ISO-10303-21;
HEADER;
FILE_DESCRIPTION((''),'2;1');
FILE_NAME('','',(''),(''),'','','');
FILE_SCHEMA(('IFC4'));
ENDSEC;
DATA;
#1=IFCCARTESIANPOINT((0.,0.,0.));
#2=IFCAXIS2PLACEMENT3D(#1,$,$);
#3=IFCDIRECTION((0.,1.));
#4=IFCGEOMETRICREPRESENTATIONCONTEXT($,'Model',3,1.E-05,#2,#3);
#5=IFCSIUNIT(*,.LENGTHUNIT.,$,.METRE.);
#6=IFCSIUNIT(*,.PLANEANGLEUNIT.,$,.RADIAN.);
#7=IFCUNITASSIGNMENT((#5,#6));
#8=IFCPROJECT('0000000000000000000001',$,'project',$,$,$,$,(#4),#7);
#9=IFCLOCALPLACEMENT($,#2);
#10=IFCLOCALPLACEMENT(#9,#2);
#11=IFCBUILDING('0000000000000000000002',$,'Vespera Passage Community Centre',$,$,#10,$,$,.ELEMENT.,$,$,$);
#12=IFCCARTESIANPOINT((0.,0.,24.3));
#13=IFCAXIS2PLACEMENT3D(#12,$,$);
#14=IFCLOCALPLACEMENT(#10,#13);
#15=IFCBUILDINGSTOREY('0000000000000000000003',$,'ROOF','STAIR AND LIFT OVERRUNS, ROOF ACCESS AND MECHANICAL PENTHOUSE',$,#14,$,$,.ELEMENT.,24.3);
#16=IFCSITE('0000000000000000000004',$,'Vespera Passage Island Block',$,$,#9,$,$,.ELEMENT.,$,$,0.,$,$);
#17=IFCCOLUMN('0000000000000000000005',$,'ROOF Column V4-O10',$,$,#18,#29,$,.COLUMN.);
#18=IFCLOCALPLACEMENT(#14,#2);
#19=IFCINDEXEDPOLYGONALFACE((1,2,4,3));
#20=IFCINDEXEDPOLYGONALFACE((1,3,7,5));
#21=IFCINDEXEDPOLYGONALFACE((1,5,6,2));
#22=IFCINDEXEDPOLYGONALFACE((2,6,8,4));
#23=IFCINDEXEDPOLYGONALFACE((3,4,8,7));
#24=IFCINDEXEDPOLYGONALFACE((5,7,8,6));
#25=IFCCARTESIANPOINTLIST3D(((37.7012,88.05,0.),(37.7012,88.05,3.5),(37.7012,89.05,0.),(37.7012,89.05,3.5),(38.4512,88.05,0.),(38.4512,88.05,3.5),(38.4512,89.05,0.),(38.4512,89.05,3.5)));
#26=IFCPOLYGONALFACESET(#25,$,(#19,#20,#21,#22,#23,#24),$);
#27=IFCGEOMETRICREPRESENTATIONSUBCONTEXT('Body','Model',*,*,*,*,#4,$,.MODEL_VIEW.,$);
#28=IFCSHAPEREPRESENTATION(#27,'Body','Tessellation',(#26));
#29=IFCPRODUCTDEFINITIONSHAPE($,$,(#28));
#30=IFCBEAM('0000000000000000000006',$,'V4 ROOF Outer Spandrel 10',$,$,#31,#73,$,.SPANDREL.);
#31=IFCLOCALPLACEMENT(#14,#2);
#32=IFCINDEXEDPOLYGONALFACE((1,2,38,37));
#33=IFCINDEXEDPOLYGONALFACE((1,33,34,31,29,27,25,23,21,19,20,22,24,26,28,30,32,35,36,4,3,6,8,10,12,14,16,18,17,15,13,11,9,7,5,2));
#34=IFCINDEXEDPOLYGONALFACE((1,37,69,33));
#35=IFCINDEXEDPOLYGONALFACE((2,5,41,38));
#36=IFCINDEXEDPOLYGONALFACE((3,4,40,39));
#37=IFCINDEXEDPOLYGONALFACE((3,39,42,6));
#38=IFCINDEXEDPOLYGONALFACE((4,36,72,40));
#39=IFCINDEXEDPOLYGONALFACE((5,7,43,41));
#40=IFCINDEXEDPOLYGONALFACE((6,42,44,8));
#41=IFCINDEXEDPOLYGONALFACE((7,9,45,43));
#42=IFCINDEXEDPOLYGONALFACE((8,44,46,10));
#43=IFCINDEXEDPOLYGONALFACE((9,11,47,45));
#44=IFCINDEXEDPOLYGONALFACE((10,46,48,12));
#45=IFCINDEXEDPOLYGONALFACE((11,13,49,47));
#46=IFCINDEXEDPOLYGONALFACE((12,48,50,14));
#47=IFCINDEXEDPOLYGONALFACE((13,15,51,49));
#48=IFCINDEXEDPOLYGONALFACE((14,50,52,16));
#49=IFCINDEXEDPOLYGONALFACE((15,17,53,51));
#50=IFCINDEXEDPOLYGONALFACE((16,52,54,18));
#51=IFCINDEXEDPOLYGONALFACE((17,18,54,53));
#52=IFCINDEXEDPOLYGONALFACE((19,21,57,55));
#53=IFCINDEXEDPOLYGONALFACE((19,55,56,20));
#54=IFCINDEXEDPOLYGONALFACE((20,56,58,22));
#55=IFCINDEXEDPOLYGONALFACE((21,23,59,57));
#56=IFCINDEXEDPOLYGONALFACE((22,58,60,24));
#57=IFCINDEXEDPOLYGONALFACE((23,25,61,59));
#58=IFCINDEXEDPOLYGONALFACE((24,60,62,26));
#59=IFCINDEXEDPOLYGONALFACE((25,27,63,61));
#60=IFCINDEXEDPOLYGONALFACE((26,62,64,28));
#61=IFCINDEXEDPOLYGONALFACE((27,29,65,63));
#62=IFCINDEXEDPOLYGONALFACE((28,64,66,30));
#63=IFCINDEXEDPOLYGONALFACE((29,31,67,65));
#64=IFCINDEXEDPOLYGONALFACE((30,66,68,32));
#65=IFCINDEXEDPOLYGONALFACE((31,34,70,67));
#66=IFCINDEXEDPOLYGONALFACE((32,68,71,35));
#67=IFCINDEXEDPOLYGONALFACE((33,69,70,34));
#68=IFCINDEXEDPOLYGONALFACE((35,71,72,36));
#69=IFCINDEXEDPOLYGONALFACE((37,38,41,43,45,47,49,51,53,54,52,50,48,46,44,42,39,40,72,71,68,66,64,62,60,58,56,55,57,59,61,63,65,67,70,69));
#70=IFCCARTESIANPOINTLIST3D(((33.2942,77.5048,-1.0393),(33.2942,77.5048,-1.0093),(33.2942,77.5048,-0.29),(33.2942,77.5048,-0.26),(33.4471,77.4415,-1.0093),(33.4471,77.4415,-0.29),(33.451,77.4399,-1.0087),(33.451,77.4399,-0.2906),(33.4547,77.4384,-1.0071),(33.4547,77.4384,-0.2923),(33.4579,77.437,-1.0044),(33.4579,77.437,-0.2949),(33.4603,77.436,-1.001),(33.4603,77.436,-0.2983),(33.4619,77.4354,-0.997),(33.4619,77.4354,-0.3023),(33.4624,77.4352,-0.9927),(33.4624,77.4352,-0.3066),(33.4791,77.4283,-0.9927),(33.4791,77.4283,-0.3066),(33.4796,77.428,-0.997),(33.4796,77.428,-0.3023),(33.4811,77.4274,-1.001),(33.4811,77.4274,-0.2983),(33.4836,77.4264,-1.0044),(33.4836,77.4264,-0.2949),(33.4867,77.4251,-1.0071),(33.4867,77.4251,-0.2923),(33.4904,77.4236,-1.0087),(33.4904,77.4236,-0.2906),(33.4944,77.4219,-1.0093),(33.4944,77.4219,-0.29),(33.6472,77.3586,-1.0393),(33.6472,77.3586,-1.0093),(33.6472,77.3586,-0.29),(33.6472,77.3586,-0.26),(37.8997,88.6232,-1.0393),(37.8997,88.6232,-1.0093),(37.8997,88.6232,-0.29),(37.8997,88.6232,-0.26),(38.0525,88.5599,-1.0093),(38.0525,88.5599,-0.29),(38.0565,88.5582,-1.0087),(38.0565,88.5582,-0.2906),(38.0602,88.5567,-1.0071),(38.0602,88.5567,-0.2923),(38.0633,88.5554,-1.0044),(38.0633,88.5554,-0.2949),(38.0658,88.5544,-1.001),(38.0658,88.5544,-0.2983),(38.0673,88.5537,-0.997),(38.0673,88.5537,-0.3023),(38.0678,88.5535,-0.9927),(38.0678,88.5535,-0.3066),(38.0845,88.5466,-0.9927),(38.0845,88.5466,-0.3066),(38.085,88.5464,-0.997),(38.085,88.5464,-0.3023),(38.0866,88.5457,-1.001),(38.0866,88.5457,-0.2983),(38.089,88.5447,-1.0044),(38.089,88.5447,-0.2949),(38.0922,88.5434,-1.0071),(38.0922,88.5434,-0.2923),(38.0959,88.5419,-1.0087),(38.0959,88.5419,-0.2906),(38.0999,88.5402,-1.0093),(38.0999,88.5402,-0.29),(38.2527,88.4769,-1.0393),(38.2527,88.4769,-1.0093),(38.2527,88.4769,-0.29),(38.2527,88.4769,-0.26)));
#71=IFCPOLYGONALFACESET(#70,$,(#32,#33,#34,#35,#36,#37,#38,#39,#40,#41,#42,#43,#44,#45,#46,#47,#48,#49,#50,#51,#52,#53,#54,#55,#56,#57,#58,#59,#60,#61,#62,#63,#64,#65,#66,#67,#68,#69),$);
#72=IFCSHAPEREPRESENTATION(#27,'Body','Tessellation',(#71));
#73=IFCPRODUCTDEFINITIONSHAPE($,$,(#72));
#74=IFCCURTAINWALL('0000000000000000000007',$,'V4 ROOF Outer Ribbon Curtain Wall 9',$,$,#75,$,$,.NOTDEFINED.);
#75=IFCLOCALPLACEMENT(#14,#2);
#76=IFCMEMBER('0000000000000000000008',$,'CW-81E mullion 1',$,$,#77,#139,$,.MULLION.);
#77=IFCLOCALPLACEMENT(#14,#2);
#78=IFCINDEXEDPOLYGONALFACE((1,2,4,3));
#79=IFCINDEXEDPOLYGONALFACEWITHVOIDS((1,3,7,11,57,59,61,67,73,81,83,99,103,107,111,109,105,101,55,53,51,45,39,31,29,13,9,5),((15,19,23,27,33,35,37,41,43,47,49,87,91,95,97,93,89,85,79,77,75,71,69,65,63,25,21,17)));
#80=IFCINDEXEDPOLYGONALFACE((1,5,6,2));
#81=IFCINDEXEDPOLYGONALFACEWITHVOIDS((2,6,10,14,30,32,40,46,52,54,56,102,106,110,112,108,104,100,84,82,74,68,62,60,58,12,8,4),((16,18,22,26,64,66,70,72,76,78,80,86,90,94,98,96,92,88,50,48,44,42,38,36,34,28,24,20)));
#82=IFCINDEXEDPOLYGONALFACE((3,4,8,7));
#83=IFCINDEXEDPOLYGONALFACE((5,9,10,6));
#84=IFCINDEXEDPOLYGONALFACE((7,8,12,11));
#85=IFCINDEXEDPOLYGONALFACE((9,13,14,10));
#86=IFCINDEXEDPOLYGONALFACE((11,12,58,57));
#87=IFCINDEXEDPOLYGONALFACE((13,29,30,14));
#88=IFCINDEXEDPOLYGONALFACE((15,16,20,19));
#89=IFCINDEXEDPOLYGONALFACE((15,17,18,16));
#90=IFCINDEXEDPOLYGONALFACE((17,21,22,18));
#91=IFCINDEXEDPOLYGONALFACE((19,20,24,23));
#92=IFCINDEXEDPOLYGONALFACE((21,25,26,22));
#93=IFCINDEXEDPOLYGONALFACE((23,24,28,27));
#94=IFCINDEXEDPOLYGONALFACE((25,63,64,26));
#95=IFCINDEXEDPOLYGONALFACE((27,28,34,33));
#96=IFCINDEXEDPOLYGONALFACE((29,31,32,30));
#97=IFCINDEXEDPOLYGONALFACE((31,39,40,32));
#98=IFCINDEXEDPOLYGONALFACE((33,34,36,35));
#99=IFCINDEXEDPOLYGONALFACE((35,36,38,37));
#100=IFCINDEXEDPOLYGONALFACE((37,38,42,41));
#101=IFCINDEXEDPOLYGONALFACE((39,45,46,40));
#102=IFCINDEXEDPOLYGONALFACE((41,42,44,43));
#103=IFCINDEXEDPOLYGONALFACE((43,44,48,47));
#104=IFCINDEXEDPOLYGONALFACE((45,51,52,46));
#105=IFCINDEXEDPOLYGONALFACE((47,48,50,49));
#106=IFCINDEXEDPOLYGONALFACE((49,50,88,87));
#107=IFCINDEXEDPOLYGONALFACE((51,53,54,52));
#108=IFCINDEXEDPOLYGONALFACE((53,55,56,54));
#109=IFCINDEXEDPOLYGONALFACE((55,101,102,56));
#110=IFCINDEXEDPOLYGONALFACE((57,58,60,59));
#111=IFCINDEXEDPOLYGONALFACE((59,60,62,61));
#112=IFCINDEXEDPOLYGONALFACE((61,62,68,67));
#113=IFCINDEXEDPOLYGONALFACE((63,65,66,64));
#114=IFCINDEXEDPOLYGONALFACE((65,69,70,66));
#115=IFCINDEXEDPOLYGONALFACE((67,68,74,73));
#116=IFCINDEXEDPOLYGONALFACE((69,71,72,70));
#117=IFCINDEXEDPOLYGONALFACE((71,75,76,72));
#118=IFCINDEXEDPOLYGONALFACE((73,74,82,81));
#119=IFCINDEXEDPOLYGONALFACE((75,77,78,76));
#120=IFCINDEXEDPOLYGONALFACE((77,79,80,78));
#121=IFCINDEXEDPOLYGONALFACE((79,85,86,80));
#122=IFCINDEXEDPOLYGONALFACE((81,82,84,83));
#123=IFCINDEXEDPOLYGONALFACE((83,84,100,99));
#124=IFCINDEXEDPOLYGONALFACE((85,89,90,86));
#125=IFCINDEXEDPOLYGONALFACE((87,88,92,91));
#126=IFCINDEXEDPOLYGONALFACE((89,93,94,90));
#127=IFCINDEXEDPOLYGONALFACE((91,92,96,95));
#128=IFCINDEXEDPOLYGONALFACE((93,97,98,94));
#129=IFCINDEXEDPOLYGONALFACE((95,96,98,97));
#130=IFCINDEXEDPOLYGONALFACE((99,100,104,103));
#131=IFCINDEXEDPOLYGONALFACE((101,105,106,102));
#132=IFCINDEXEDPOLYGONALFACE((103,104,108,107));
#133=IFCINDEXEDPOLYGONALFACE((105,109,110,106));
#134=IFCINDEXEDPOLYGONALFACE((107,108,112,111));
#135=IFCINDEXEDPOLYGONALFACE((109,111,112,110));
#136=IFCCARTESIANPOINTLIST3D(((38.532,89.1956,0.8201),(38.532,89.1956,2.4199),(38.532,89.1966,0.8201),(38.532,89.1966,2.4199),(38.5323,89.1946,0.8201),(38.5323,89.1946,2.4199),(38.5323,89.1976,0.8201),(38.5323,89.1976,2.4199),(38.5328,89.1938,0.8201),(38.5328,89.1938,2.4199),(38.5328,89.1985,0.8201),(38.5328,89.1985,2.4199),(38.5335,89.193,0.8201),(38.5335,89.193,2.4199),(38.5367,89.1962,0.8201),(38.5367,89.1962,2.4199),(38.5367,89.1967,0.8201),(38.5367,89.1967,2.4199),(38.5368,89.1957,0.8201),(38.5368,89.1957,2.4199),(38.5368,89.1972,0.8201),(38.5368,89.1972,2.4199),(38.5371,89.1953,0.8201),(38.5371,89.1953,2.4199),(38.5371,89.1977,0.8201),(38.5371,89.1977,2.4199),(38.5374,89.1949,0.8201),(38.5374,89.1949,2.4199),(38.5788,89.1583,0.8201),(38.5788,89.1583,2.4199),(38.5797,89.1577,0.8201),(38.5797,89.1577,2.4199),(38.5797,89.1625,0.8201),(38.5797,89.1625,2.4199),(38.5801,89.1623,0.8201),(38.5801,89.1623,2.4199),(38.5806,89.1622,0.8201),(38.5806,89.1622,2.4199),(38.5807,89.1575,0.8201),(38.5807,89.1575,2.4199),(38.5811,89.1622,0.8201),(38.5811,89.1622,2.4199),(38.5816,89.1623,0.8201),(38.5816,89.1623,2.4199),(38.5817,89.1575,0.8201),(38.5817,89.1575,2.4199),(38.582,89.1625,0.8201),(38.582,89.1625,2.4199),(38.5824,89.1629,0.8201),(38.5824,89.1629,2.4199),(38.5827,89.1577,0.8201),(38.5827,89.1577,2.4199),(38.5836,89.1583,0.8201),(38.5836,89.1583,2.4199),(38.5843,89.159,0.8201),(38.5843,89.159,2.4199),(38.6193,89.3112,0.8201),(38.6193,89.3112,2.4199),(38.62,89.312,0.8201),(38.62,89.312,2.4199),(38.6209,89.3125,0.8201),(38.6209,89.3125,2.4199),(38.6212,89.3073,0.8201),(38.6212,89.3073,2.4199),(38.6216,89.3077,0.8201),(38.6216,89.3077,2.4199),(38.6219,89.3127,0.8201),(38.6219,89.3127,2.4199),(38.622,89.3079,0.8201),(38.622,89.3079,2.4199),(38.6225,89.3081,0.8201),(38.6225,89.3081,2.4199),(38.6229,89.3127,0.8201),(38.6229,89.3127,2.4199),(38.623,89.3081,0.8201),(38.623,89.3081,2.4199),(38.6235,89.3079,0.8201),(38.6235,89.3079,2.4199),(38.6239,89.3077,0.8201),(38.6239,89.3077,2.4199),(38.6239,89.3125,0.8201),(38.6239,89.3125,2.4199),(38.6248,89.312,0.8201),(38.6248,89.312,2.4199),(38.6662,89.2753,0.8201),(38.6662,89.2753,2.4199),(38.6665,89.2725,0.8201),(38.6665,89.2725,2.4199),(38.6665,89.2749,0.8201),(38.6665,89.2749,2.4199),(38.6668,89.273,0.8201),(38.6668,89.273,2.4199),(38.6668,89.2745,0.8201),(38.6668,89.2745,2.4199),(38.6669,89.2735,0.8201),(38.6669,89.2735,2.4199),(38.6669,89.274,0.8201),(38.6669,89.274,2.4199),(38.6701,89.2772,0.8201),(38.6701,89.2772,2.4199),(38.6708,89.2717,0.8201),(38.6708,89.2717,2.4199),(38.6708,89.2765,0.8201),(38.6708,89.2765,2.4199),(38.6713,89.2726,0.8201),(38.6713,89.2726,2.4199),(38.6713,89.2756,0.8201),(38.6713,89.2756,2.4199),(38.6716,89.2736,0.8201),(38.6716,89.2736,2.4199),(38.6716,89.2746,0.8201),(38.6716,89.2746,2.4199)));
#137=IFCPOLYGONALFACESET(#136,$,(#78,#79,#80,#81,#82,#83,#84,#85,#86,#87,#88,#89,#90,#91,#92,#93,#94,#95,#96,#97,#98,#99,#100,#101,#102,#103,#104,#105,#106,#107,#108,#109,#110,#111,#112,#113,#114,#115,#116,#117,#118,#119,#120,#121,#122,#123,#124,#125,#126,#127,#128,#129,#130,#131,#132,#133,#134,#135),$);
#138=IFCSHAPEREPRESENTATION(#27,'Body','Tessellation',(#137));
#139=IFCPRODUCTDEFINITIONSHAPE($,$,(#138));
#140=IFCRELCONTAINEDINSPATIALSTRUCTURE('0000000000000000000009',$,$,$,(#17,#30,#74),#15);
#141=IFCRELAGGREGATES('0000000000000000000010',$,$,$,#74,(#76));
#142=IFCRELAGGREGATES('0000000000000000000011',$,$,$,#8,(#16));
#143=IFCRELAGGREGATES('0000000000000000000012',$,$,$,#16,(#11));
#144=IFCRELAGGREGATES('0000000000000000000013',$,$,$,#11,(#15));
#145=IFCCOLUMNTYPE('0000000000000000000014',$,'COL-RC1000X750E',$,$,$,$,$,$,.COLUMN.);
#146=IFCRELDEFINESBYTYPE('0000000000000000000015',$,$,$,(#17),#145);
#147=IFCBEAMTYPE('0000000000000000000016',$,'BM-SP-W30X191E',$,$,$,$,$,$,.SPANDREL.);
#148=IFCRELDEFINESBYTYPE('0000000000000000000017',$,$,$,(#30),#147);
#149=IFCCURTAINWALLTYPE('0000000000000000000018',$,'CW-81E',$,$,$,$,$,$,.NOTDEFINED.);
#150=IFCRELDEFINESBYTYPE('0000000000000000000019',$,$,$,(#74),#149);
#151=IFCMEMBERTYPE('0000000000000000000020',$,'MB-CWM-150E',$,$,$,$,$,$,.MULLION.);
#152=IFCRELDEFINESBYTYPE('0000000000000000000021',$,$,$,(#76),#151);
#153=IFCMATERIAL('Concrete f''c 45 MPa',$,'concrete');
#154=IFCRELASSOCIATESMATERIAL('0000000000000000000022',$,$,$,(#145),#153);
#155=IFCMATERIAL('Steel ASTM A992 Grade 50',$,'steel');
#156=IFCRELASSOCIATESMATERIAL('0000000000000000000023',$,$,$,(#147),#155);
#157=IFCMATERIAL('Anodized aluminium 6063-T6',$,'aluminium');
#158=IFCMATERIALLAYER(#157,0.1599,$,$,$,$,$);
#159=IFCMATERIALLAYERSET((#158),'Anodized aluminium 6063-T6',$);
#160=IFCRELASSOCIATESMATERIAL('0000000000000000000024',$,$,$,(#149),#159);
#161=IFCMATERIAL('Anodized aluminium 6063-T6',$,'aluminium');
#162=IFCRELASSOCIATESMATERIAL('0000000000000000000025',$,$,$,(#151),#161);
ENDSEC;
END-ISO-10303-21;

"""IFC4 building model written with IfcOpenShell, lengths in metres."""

from ifc_helpers import new_model, si_unit, direction, frame, origin, origin_2d, place, context, subcontext, project, spatial, rectangle, hollow_rectangle, i_section, extrude, material, layer, layer_set, material_profile, profile_set, type_object, element, aggregate, save


model = new_model("IFC4")

# Units and contexts
model_context = context("Model", 3, precision=1e-05, world=origin(), true_north=direction((0.0, 1.0)))
body_context = subcontext(model_context, "Body", "Model", "MODEL_VIEW")
ifc_project = project(units=[si_unit("LENGTHUNIT", "METRE"), si_unit("PLANEANGLEUNIT", "RADIAN")], contexts=[model_context])

# Site, building, storey
site_placement = place(None, origin())
site = spatial("IfcSite", under=ifc_project, at=site_placement, Name="Vespera Passage Island Block", CompositionType="ELEMENT", RefElevation=0.0)
building_placement = place(site_placement, origin())
building = spatial("IfcBuilding", under=site, at=building_placement, Name="Vespera Passage Community Centre", CompositionType="ELEMENT")
storey_placement = place(building_placement, frame((0.0, 0.0, 24.3)))
storey = spatial("IfcBuildingStorey", under=building, at=storey_placement, Name="ROOF", Description="STAIR AND LIFT OVERRUNS, ROOF ACCESS AND MECHANICAL PENTHOUSE", CompositionType="ELEMENT", Elevation=24.3)

# Column
ifc_material_1 = material(Name="Concrete f'c 45 MPa", Category="concrete")
ifc_material_profile_1 = material_profile(ifc_material_1, rectangle(XDim=0.75, YDim=1.0, at=origin_2d()), Name="RC1000X750")
ifc_profile_set_1 = profile_set([ifc_material_profile_1], Name="Concrete f'c 45 MPa")
column_type = type_object("IfcColumnType", Name="COL-RC1000X750E", PredefinedType="COLUMN", material=ifc_profile_set_1)
column_placement = place(storey_placement, frame((38.0762, 88.55, 0.0), z_axis=(0.0, 0.0, 1.0), x_axis=(1.0, 0.0, 0.0)))
element("IfcColumn", 1, at=column_placement, inside=storey, type_object=column_type, Name="ROOF Column V4-O10", PredefinedType="COLUMN", context=body_context, shape_type="SweptSolid", body=[
    extrude(rectangle(XDim=0.75, YDim=1.0, at=origin_2d()), origin(), (0.0, 0.0, 1.0), 3.5),
])

# Beam
ifc_material_2 = material(Name="Steel ASTM A992 Grade 50", Category="steel")
ifc_material_profile_2 = material_profile(ifc_material_2, i_section(OverallWidth=0.3821, OverallDepth=0.7793, WebThickness=0.0181, FlangeThickness=0.03, FilletRadius=0.0166, at=origin_2d()), Name="W30X191")
ifc_profile_set_2 = profile_set([ifc_material_profile_2], Name="Steel ASTM A992 Grade 50")
beam_type = type_object("IfcBeamType", Name="BM-SP-W30X191E", PredefinedType="SPANDREL", material=ifc_profile_set_2)
beam_placement = place(storey_placement, frame((38.0762, 88.55, -0.6497), z_axis=(-0.382689, -0.923877, 0.0), x_axis=(0.923877, -0.382689, 0.0)))
element("IfcBeam", 2, at=beam_placement, inside=storey, type_object=beam_type, Name="V4 ROOF Outer Spandrel 10", PredefinedType="SPANDREL", context=body_context, shape_type="SweptSolid", body=[
    extrude(i_section(OverallWidth=0.3821, OverallDepth=0.7793, WebThickness=0.0181, FlangeThickness=0.03, FilletRadius=0.0166, at=origin_2d()), origin(), (0.0, 0.0, 1.0), 12.0344),
])

# Curtain wall, member
ifc_material_3 = material(Name="Anodized aluminium 6063-T6", Category="aluminium")
ifc_layer_1 = layer(ifc_material_3, 0.1599)
ifc_layer_set_1 = layer_set([ifc_layer_1], Name="Anodized aluminium 6063-T6")
curtain_wall_type_1 = type_object("IfcCurtainWallType", Name="CW-81E", PredefinedType="NOTDEFINED", material=ifc_layer_set_1)
curtain_wall_1_placement = place(storey_placement, origin())
curtain_wall_1 = element("IfcCurtainWall", 3, at=curtain_wall_1_placement, inside=storey, type_object=curtain_wall_type_1, Name="V4 ROOF Outer Ribbon Curtain Wall 9", PredefinedType="NOTDEFINED")
ifc_material_4 = material(Name="Anodized aluminium 6063-T6", Category="aluminium")
ifc_material_profile_3 = material_profile(ifc_material_4, hollow_rectangle(XDim=0.0649, YDim=0.1499, WallThickness=0.0039, InnerFilletRadius=0.002, OuterFilletRadius=0.0039, at=origin_2d()), Name="ALU150X65X4")
ifc_profile_set_3 = profile_set([ifc_material_profile_3], Name="Anodized aluminium 6063-T6")
member_type_1 = type_object("IfcMemberType", Name="MB-CWM-150E", PredefinedType="MULLION", material=ifc_profile_set_3)
member_1_placement = place(storey_placement, frame((38.6018, 89.2351, 0.8201), z_axis=(0.0, 0.0, 1.0), x_axis=(-0.79335, 0.608765, 0.0)))
member_1 = element("IfcMember", 4, at=member_1_placement, type_object=member_type_1, Name="CW-81E mullion 1", PredefinedType="MULLION", context=body_context, shape_type="SweptSolid", body=[
    extrude(hollow_rectangle(XDim=0.0649, YDim=0.1499, WallThickness=0.0039, InnerFilletRadius=0.002, OuterFilletRadius=0.0039, at=origin_2d()), origin(), (0.0, 0.0, 1.0), 1.5999),
])

aggregate(curtain_wall_1, [member_1])

save(model, "model.ifc")
